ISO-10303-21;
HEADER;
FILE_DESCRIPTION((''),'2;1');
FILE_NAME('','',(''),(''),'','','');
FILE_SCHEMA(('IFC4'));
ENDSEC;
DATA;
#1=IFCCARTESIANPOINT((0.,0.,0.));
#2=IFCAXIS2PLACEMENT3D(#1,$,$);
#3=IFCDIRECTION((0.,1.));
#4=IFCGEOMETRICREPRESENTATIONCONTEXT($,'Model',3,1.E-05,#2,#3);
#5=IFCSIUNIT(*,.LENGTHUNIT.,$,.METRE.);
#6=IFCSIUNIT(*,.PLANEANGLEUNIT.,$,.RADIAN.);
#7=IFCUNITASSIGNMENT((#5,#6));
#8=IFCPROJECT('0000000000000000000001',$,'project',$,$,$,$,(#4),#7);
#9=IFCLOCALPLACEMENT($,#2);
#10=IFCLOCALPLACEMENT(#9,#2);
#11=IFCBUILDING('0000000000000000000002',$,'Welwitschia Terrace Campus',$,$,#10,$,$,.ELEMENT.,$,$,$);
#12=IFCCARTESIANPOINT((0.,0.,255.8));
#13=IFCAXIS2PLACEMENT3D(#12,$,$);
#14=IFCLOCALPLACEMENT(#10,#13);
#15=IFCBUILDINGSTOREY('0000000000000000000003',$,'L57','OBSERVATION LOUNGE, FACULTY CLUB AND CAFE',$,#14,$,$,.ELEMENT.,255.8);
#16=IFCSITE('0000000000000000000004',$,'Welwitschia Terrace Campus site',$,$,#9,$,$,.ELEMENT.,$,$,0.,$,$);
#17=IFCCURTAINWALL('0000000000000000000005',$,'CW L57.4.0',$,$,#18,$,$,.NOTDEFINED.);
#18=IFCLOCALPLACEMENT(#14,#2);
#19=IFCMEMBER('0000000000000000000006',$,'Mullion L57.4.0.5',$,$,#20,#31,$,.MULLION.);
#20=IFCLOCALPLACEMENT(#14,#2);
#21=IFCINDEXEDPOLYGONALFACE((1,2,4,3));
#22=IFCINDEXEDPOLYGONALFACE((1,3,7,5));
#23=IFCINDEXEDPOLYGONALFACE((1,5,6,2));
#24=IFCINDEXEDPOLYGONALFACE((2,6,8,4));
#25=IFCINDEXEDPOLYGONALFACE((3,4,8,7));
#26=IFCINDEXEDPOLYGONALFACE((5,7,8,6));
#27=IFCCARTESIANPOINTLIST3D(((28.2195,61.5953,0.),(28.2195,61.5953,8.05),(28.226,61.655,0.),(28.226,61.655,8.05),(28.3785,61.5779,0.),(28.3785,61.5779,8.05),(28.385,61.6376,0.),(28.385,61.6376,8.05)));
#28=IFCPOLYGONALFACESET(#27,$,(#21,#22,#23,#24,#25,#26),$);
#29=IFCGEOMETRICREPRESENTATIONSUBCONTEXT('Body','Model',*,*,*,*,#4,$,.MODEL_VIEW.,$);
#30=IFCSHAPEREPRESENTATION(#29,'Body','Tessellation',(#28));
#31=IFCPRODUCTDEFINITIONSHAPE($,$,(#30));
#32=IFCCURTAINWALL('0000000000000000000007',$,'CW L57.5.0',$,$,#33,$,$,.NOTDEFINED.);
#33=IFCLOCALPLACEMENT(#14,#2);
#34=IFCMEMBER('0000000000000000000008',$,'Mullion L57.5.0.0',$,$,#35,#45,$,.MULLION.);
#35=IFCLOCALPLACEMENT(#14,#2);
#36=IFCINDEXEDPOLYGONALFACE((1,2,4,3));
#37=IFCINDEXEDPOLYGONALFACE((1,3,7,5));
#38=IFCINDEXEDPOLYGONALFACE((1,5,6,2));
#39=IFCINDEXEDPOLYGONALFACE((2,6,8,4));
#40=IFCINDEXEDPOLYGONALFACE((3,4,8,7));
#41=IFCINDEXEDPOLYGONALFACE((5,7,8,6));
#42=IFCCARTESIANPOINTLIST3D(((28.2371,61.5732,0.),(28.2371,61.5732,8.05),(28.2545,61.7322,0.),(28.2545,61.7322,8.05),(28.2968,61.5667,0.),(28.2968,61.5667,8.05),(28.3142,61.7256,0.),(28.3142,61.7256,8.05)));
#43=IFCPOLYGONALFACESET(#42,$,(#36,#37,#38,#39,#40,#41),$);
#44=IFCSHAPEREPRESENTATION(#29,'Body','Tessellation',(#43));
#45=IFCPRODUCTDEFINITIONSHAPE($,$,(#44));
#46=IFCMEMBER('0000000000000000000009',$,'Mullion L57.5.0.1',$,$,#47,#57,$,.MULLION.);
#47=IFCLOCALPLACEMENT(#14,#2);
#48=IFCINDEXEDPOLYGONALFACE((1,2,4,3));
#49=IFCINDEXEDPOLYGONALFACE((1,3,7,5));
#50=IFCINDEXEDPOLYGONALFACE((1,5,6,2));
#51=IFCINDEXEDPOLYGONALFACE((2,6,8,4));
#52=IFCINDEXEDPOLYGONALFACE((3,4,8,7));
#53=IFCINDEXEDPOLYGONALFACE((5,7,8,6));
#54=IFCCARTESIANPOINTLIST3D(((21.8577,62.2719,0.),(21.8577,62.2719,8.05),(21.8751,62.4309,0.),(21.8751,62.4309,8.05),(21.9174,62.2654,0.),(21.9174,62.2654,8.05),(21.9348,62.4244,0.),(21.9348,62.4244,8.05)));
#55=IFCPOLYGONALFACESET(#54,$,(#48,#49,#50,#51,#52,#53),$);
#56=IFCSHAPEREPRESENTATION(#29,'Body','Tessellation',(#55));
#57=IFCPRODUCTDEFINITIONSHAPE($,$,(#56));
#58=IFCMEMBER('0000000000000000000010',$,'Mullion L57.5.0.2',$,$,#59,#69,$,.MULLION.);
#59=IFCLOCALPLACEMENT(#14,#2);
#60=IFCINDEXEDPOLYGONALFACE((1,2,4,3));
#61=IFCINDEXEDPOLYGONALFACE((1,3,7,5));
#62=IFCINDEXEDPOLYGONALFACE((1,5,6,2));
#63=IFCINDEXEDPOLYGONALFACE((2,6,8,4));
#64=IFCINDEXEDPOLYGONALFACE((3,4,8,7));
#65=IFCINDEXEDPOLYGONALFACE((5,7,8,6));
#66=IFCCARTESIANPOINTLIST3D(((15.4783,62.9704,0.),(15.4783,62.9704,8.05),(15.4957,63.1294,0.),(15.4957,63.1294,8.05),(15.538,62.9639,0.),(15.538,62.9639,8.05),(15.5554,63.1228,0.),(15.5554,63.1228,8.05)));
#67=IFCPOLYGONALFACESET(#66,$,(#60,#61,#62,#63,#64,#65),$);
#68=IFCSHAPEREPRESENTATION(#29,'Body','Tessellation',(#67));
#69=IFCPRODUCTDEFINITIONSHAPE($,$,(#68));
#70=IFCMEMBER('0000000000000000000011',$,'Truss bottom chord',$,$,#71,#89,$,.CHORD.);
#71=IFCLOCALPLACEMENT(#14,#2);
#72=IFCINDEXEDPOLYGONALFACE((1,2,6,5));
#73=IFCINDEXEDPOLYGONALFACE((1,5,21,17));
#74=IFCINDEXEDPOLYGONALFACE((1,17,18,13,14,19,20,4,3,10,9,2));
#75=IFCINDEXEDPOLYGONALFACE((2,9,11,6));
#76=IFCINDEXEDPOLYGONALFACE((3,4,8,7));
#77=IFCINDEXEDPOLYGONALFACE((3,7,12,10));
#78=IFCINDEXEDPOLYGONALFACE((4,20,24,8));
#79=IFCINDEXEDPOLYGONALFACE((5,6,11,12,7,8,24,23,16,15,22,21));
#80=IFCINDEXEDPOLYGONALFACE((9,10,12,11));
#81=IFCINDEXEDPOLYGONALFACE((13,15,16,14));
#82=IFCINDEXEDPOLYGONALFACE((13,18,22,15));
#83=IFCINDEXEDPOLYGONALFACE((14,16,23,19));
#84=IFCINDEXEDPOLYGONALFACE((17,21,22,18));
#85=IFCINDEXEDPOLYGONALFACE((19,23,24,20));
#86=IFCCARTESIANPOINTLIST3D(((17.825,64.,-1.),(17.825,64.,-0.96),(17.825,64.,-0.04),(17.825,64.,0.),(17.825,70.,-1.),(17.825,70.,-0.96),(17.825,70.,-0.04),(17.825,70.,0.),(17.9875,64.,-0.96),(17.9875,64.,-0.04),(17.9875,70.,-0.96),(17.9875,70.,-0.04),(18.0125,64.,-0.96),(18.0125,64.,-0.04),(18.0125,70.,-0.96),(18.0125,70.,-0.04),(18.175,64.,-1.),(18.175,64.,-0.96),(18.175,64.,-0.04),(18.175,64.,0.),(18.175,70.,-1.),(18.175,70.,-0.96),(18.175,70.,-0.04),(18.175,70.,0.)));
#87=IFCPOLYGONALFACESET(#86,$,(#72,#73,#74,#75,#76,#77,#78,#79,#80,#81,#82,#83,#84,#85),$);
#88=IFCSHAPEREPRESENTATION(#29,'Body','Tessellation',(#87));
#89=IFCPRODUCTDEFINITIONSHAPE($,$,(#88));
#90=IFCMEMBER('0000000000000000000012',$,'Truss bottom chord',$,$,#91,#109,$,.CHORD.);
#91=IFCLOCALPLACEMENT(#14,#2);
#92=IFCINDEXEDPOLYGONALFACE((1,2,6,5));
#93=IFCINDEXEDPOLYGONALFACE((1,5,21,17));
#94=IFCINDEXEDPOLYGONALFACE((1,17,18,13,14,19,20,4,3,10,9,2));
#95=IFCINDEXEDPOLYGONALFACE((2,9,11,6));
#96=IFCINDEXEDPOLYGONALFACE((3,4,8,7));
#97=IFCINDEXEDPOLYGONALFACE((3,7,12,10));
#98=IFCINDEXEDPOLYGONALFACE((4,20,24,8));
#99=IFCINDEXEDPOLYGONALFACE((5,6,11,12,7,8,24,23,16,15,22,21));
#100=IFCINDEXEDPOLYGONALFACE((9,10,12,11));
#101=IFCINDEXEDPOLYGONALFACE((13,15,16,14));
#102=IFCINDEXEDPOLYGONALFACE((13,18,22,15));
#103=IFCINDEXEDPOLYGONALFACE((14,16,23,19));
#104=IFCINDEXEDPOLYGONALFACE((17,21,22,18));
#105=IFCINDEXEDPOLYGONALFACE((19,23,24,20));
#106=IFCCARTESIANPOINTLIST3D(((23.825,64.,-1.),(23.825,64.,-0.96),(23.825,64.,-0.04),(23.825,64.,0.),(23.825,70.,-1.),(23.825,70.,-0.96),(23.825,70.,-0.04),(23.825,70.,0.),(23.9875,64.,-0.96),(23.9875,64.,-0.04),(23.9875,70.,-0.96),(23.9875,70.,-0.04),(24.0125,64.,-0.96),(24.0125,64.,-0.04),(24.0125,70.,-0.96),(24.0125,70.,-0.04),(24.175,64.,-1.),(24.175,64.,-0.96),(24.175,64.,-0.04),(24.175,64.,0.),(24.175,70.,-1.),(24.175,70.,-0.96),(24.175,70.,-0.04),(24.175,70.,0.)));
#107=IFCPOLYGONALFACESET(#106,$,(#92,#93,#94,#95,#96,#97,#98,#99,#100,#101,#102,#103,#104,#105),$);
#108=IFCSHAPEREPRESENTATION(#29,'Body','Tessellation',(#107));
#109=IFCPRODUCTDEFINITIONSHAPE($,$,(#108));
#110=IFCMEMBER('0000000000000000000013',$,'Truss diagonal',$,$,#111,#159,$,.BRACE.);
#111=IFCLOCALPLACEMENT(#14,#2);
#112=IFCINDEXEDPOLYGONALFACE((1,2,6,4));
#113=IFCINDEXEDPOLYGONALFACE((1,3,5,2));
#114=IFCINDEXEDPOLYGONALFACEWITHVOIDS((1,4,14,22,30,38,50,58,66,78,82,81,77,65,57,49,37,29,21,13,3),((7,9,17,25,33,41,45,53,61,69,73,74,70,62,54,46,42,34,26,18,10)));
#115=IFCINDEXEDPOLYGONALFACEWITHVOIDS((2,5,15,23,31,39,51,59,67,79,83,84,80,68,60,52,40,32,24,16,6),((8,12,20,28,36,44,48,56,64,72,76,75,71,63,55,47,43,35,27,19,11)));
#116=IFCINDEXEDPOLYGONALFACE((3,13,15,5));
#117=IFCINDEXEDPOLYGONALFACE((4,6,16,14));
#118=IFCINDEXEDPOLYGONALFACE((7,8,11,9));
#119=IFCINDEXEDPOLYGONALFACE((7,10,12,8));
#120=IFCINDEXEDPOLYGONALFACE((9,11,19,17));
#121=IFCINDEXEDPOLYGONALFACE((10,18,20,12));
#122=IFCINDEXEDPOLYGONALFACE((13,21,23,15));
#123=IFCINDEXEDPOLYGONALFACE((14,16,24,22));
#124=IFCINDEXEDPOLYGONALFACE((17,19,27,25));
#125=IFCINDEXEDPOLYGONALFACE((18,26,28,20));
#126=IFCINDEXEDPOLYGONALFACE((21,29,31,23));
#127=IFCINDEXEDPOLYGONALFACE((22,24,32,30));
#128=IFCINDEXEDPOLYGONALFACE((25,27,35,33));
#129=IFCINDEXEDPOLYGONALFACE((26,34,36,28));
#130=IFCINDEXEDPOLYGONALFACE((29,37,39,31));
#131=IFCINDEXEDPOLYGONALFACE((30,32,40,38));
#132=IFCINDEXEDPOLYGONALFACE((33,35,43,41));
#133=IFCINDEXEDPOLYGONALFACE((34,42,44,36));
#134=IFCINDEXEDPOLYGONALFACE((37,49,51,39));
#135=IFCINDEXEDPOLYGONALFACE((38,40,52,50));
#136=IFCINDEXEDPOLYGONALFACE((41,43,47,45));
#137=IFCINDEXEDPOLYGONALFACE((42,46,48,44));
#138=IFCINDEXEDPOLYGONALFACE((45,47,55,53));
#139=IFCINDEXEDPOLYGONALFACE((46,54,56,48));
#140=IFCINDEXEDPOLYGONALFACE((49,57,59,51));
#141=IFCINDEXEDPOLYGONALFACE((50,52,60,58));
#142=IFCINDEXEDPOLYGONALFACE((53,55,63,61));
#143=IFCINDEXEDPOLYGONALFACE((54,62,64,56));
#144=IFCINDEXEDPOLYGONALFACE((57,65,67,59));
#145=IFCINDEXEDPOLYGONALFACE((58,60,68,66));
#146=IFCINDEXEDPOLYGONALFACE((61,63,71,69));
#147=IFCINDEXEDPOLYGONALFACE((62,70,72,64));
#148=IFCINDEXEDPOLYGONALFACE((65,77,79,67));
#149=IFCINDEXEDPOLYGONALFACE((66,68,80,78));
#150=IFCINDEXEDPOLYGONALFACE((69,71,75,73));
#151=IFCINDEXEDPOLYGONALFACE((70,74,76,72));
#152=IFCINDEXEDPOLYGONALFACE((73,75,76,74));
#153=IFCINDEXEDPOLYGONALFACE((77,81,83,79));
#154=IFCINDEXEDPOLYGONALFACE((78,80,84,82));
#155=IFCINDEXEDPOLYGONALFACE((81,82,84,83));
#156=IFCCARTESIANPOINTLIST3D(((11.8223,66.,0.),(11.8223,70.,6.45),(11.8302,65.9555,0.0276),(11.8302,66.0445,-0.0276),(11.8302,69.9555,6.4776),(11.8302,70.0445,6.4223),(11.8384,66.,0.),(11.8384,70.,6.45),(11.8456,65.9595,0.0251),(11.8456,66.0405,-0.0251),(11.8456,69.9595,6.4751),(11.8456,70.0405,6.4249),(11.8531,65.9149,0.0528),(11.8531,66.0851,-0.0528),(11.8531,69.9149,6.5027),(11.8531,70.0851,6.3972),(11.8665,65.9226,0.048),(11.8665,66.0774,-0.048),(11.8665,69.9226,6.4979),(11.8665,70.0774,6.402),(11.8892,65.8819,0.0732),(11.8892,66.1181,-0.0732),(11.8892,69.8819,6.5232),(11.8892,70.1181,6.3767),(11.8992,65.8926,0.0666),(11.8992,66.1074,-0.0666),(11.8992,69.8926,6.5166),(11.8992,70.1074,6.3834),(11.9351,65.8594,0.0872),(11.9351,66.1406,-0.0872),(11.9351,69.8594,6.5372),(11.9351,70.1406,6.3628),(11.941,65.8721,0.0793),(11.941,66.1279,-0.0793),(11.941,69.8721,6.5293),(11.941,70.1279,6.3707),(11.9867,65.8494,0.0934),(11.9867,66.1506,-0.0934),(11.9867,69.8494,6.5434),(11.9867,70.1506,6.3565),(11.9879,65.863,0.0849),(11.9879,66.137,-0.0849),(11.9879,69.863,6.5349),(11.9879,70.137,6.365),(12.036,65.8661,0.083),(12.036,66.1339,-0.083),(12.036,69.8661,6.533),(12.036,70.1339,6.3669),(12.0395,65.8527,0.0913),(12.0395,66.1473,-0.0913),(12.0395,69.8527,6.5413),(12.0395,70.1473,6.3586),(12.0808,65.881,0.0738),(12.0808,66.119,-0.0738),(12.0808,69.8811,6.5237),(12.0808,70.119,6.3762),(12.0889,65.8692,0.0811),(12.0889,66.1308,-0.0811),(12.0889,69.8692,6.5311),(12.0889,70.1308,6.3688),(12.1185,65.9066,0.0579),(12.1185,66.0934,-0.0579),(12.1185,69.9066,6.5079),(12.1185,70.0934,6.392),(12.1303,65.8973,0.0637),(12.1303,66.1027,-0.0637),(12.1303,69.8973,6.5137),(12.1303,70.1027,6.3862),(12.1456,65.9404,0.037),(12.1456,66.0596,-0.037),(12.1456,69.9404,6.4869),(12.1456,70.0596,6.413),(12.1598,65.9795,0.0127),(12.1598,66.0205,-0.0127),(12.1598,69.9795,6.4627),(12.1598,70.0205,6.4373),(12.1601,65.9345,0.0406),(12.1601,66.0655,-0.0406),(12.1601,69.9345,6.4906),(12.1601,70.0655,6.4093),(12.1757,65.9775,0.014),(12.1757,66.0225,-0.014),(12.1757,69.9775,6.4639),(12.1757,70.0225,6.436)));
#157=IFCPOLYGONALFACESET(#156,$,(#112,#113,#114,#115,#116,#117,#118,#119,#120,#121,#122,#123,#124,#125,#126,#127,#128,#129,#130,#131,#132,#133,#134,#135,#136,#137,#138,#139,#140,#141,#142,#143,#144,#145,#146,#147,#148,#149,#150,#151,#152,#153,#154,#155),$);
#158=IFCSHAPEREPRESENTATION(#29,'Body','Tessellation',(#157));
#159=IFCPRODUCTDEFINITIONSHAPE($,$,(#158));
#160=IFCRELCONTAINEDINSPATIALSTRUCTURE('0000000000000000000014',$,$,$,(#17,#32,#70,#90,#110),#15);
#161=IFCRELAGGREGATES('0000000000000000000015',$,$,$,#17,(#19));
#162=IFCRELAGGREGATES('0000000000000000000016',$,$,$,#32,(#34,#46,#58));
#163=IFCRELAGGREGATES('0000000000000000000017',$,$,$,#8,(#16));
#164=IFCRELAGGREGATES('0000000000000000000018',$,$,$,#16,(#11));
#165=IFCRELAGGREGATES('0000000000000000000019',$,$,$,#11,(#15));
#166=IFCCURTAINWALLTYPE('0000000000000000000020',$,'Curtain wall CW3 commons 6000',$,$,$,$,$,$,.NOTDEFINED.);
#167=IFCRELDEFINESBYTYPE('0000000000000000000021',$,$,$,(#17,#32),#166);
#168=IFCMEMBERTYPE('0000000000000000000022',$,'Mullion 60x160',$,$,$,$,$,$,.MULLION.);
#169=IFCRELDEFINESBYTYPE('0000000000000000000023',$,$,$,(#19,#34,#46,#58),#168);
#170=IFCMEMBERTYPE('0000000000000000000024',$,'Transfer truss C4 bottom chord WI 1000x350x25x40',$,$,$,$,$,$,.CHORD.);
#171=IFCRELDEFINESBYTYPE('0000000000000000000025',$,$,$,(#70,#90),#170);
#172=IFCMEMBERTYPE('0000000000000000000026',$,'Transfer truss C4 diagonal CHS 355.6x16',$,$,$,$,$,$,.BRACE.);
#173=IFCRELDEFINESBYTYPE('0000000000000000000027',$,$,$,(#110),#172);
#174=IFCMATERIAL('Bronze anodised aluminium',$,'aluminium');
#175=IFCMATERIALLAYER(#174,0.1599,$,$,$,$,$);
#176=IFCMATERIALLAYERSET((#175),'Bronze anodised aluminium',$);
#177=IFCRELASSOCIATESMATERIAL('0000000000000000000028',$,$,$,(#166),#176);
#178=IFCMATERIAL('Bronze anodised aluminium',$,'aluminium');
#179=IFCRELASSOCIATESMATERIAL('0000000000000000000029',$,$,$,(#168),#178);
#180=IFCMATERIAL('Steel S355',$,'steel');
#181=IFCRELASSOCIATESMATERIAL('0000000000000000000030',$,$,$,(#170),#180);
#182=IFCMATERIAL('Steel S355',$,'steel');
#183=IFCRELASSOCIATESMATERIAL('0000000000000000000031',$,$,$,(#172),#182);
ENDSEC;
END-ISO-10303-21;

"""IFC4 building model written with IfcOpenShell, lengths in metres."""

from ifc_helpers import new_model, si_unit, direction, frame, origin, origin_2d, place, context, subcontext, project, spatial, rectangle, hollow_circle, i_section, extrude, material, layer, layer_set, material_profile, profile_set, type_object, element, aggregate, save


model = new_model("IFC4")

# Units and contexts
model_context = context("Model", 3, precision=1e-05, world=origin(), true_north=direction((0.0, 1.0)))
body_context = subcontext(model_context, "Body", "Model", "MODEL_VIEW")
ifc_project = project(units=[si_unit("LENGTHUNIT", "METRE"), si_unit("PLANEANGLEUNIT", "RADIAN")], contexts=[model_context])

# Site, building, storey
site_placement = place(None, origin())
site = spatial("IfcSite", under=ifc_project, at=site_placement, Name="Welwitschia Terrace Campus site", CompositionType="ELEMENT", RefElevation=0.0)
building_placement = place(site_placement, origin())
building = spatial("IfcBuilding", under=site, at=building_placement, Name="Welwitschia Terrace Campus", CompositionType="ELEMENT")
storey_placement = place(building_placement, frame((0.0, 0.0, 255.8)))
storey = spatial("IfcBuildingStorey", under=building, at=storey_placement, Name="L57", Description="OBSERVATION LOUNGE, FACULTY CLUB AND CAFE", CompositionType="ELEMENT", Elevation=255.8)

# Curtain wall, member
ifc_material_1 = material(Name="Bronze anodised aluminium", Category="aluminium")
ifc_layer_1 = layer(ifc_material_1, 0.1599)
ifc_layer_set_1 = layer_set([ifc_layer_1], Name="Bronze anodised aluminium")
curtain_wall_type = type_object("IfcCurtainWallType", Name="Curtain wall CW3 commons 6000", PredefinedType="NOTDEFINED", material=ifc_layer_set_1)
curtain_wall_1_placement = place(storey_placement, origin())
curtain_wall_1 = element("IfcCurtainWall", 1, at=curtain_wall_1_placement, inside=storey, type_object=curtain_wall_type, Name="CW L57.4.0", PredefinedType="NOTDEFINED")
ifc_material_2 = material(Name="Bronze anodised aluminium", Category="aluminium")
ifc_material_profile_1 = material_profile(ifc_material_2, rectangle(XDim=0.1599, YDim=0.0601, at=origin_2d()))
ifc_profile_set_1 = profile_set([ifc_material_profile_1], Name="Bronze anodised aluminium")
member_type_1 = type_object("IfcMemberType", Name="Mullion 60x160", PredefinedType="MULLION", material=ifc_profile_set_1)
member_1_placement = place(storey_placement, frame((28.3022, 61.6165, 0.0), z_axis=(0.0, 0.0, 1.0), x_axis=(-0.994056, 0.108867, 0.0)))
member_1 = element("IfcMember", 2, at=member_1_placement, type_object=member_type_1, Name="Mullion L57.4.0.5", PredefinedType="MULLION", context=body_context, shape_type="SweptSolid", body=[
    extrude(rectangle(XDim=0.1599, YDim=0.0601, at=origin_2d()), origin(), (0.0, 0.0, 1.0), 8.05),
])

# Curtain wall, members
curtain_wall_2_placement = place(storey_placement, origin())
curtain_wall_2 = element("IfcCurtainWall", 3, at=curtain_wall_2_placement, inside=storey, type_object=curtain_wall_type, Name="CW L57.5.0", PredefinedType="NOTDEFINED")
member_2_placement = place(storey_placement, frame((28.2756, 61.6494, 0.0), z_axis=(0.0, 0.0, 1.0), x_axis=(-0.108867, -0.994056, 0.0)))
member_2 = element("IfcMember", 4, at=member_2_placement, type_object=member_type_1, Name="Mullion L57.5.0.0", PredefinedType="MULLION", context=body_context, shape_type="SweptSolid", body=[
    extrude(rectangle(XDim=0.1599, YDim=0.0601, at=origin_2d()), origin(), (0.0, 0.0, 1.0), 8.05),
])
member_3_placement = place(storey_placement, frame((21.8962, 62.3481, 0.0), z_axis=(0.0, 0.0, 1.0), x_axis=(-0.108867, -0.994056, 0.0)))
member_3 = element("IfcMember", 5, at=member_3_placement, type_object=member_type_1, Name="Mullion L57.5.0.1", PredefinedType="MULLION", context=body_context, shape_type="SweptSolid", body=[
    extrude(rectangle(XDim=0.1599, YDim=0.0601, at=origin_2d()), origin(), (0.0, 0.0, 1.0), 8.05),
])
member_4_placement = place(storey_placement, frame((15.5168, 63.0466, 0.0), z_axis=(0.0, 0.0, 1.0), x_axis=(-0.108867, -0.994056, 0.0)))
member_4 = element("IfcMember", 6, at=member_4_placement, type_object=member_type_1, Name="Mullion L57.5.0.2", PredefinedType="MULLION", context=body_context, shape_type="SweptSolid", body=[
    extrude(rectangle(XDim=0.1599, YDim=0.0601, at=origin_2d()), origin(), (0.0, 0.0, 1.0), 8.05),
])

# Members
ifc_material_3 = material(Name="Steel S355", Category="steel")
ifc_material_profile_2 = material_profile(ifc_material_3, i_section(OverallWidth=0.3501, OverallDepth=1.0, WebThickness=0.0249, FlangeThickness=0.04, at=origin_2d()))
ifc_profile_set_2 = profile_set([ifc_material_profile_2], Name="Steel S355")
member_type_2 = type_object("IfcMemberType", Name="Transfer truss C4 bottom chord WI 1000x350x25x40", PredefinedType="CHORD", material=ifc_profile_set_2)
for number, where, z_axis, x_axis, name in (
    (7, (18.0, 64.0, -0.5), (0.0, 1.0, 0.0), (-1.0, 0.0, 0.0), "Truss bottom chord"),
    (8, (24.0, 64.0, -0.5), (0.0, 1.0, 0.0), (-1.0, 0.0, 0.0), "Truss bottom chord"),
):
    element("IfcMember", number, at=place(storey_placement, frame(where, z_axis=z_axis, x_axis=x_axis)), inside=storey, type_object=member_type_2, Name=name, PredefinedType="CHORD", context=body_context, shape_type="SweptSolid", body=[
        extrude(i_section(OverallWidth=0.3501, OverallDepth=1.0, WebThickness=0.0249, FlangeThickness=0.04, at=origin_2d()), origin(), (0.0, 0.0, 1.0), 6.0),
    ])
ifc_material_4 = material(Name="Steel S355", Category="steel")
ifc_material_profile_3 = material_profile(ifc_material_4, hollow_circle(Radius=0.1777, WallThickness=0.0161, at=origin_2d()))
ifc_profile_set_3 = profile_set([ifc_material_profile_3], Name="Steel S355")
member_type_3 = type_object("IfcMemberType", Name="Transfer truss C4 diagonal CHS 355.6x16", PredefinedType="BRACE", material=ifc_profile_set_3)
member_5_placement = place(storey_placement, frame((12.0, 66.0, 0.0), z_axis=(0.0, 0.527038, 0.849842), x_axis=(-1.0, 0.0, 0.0)))
element("IfcMember", 9, at=member_5_placement, inside=storey, type_object=member_type_3, Name="Truss diagonal", PredefinedType="BRACE", context=body_context, shape_type="SweptSolid", body=[
    extrude(hollow_circle(Radius=0.1777, WallThickness=0.0161, at=origin_2d()), origin(), (0.0, 0.0, 1.0), 7.5896),
])

aggregate(curtain_wall_1, [member_1])
aggregate(curtain_wall_2, [member_2, member_3, member_4])

save(model, "model.ifc")
